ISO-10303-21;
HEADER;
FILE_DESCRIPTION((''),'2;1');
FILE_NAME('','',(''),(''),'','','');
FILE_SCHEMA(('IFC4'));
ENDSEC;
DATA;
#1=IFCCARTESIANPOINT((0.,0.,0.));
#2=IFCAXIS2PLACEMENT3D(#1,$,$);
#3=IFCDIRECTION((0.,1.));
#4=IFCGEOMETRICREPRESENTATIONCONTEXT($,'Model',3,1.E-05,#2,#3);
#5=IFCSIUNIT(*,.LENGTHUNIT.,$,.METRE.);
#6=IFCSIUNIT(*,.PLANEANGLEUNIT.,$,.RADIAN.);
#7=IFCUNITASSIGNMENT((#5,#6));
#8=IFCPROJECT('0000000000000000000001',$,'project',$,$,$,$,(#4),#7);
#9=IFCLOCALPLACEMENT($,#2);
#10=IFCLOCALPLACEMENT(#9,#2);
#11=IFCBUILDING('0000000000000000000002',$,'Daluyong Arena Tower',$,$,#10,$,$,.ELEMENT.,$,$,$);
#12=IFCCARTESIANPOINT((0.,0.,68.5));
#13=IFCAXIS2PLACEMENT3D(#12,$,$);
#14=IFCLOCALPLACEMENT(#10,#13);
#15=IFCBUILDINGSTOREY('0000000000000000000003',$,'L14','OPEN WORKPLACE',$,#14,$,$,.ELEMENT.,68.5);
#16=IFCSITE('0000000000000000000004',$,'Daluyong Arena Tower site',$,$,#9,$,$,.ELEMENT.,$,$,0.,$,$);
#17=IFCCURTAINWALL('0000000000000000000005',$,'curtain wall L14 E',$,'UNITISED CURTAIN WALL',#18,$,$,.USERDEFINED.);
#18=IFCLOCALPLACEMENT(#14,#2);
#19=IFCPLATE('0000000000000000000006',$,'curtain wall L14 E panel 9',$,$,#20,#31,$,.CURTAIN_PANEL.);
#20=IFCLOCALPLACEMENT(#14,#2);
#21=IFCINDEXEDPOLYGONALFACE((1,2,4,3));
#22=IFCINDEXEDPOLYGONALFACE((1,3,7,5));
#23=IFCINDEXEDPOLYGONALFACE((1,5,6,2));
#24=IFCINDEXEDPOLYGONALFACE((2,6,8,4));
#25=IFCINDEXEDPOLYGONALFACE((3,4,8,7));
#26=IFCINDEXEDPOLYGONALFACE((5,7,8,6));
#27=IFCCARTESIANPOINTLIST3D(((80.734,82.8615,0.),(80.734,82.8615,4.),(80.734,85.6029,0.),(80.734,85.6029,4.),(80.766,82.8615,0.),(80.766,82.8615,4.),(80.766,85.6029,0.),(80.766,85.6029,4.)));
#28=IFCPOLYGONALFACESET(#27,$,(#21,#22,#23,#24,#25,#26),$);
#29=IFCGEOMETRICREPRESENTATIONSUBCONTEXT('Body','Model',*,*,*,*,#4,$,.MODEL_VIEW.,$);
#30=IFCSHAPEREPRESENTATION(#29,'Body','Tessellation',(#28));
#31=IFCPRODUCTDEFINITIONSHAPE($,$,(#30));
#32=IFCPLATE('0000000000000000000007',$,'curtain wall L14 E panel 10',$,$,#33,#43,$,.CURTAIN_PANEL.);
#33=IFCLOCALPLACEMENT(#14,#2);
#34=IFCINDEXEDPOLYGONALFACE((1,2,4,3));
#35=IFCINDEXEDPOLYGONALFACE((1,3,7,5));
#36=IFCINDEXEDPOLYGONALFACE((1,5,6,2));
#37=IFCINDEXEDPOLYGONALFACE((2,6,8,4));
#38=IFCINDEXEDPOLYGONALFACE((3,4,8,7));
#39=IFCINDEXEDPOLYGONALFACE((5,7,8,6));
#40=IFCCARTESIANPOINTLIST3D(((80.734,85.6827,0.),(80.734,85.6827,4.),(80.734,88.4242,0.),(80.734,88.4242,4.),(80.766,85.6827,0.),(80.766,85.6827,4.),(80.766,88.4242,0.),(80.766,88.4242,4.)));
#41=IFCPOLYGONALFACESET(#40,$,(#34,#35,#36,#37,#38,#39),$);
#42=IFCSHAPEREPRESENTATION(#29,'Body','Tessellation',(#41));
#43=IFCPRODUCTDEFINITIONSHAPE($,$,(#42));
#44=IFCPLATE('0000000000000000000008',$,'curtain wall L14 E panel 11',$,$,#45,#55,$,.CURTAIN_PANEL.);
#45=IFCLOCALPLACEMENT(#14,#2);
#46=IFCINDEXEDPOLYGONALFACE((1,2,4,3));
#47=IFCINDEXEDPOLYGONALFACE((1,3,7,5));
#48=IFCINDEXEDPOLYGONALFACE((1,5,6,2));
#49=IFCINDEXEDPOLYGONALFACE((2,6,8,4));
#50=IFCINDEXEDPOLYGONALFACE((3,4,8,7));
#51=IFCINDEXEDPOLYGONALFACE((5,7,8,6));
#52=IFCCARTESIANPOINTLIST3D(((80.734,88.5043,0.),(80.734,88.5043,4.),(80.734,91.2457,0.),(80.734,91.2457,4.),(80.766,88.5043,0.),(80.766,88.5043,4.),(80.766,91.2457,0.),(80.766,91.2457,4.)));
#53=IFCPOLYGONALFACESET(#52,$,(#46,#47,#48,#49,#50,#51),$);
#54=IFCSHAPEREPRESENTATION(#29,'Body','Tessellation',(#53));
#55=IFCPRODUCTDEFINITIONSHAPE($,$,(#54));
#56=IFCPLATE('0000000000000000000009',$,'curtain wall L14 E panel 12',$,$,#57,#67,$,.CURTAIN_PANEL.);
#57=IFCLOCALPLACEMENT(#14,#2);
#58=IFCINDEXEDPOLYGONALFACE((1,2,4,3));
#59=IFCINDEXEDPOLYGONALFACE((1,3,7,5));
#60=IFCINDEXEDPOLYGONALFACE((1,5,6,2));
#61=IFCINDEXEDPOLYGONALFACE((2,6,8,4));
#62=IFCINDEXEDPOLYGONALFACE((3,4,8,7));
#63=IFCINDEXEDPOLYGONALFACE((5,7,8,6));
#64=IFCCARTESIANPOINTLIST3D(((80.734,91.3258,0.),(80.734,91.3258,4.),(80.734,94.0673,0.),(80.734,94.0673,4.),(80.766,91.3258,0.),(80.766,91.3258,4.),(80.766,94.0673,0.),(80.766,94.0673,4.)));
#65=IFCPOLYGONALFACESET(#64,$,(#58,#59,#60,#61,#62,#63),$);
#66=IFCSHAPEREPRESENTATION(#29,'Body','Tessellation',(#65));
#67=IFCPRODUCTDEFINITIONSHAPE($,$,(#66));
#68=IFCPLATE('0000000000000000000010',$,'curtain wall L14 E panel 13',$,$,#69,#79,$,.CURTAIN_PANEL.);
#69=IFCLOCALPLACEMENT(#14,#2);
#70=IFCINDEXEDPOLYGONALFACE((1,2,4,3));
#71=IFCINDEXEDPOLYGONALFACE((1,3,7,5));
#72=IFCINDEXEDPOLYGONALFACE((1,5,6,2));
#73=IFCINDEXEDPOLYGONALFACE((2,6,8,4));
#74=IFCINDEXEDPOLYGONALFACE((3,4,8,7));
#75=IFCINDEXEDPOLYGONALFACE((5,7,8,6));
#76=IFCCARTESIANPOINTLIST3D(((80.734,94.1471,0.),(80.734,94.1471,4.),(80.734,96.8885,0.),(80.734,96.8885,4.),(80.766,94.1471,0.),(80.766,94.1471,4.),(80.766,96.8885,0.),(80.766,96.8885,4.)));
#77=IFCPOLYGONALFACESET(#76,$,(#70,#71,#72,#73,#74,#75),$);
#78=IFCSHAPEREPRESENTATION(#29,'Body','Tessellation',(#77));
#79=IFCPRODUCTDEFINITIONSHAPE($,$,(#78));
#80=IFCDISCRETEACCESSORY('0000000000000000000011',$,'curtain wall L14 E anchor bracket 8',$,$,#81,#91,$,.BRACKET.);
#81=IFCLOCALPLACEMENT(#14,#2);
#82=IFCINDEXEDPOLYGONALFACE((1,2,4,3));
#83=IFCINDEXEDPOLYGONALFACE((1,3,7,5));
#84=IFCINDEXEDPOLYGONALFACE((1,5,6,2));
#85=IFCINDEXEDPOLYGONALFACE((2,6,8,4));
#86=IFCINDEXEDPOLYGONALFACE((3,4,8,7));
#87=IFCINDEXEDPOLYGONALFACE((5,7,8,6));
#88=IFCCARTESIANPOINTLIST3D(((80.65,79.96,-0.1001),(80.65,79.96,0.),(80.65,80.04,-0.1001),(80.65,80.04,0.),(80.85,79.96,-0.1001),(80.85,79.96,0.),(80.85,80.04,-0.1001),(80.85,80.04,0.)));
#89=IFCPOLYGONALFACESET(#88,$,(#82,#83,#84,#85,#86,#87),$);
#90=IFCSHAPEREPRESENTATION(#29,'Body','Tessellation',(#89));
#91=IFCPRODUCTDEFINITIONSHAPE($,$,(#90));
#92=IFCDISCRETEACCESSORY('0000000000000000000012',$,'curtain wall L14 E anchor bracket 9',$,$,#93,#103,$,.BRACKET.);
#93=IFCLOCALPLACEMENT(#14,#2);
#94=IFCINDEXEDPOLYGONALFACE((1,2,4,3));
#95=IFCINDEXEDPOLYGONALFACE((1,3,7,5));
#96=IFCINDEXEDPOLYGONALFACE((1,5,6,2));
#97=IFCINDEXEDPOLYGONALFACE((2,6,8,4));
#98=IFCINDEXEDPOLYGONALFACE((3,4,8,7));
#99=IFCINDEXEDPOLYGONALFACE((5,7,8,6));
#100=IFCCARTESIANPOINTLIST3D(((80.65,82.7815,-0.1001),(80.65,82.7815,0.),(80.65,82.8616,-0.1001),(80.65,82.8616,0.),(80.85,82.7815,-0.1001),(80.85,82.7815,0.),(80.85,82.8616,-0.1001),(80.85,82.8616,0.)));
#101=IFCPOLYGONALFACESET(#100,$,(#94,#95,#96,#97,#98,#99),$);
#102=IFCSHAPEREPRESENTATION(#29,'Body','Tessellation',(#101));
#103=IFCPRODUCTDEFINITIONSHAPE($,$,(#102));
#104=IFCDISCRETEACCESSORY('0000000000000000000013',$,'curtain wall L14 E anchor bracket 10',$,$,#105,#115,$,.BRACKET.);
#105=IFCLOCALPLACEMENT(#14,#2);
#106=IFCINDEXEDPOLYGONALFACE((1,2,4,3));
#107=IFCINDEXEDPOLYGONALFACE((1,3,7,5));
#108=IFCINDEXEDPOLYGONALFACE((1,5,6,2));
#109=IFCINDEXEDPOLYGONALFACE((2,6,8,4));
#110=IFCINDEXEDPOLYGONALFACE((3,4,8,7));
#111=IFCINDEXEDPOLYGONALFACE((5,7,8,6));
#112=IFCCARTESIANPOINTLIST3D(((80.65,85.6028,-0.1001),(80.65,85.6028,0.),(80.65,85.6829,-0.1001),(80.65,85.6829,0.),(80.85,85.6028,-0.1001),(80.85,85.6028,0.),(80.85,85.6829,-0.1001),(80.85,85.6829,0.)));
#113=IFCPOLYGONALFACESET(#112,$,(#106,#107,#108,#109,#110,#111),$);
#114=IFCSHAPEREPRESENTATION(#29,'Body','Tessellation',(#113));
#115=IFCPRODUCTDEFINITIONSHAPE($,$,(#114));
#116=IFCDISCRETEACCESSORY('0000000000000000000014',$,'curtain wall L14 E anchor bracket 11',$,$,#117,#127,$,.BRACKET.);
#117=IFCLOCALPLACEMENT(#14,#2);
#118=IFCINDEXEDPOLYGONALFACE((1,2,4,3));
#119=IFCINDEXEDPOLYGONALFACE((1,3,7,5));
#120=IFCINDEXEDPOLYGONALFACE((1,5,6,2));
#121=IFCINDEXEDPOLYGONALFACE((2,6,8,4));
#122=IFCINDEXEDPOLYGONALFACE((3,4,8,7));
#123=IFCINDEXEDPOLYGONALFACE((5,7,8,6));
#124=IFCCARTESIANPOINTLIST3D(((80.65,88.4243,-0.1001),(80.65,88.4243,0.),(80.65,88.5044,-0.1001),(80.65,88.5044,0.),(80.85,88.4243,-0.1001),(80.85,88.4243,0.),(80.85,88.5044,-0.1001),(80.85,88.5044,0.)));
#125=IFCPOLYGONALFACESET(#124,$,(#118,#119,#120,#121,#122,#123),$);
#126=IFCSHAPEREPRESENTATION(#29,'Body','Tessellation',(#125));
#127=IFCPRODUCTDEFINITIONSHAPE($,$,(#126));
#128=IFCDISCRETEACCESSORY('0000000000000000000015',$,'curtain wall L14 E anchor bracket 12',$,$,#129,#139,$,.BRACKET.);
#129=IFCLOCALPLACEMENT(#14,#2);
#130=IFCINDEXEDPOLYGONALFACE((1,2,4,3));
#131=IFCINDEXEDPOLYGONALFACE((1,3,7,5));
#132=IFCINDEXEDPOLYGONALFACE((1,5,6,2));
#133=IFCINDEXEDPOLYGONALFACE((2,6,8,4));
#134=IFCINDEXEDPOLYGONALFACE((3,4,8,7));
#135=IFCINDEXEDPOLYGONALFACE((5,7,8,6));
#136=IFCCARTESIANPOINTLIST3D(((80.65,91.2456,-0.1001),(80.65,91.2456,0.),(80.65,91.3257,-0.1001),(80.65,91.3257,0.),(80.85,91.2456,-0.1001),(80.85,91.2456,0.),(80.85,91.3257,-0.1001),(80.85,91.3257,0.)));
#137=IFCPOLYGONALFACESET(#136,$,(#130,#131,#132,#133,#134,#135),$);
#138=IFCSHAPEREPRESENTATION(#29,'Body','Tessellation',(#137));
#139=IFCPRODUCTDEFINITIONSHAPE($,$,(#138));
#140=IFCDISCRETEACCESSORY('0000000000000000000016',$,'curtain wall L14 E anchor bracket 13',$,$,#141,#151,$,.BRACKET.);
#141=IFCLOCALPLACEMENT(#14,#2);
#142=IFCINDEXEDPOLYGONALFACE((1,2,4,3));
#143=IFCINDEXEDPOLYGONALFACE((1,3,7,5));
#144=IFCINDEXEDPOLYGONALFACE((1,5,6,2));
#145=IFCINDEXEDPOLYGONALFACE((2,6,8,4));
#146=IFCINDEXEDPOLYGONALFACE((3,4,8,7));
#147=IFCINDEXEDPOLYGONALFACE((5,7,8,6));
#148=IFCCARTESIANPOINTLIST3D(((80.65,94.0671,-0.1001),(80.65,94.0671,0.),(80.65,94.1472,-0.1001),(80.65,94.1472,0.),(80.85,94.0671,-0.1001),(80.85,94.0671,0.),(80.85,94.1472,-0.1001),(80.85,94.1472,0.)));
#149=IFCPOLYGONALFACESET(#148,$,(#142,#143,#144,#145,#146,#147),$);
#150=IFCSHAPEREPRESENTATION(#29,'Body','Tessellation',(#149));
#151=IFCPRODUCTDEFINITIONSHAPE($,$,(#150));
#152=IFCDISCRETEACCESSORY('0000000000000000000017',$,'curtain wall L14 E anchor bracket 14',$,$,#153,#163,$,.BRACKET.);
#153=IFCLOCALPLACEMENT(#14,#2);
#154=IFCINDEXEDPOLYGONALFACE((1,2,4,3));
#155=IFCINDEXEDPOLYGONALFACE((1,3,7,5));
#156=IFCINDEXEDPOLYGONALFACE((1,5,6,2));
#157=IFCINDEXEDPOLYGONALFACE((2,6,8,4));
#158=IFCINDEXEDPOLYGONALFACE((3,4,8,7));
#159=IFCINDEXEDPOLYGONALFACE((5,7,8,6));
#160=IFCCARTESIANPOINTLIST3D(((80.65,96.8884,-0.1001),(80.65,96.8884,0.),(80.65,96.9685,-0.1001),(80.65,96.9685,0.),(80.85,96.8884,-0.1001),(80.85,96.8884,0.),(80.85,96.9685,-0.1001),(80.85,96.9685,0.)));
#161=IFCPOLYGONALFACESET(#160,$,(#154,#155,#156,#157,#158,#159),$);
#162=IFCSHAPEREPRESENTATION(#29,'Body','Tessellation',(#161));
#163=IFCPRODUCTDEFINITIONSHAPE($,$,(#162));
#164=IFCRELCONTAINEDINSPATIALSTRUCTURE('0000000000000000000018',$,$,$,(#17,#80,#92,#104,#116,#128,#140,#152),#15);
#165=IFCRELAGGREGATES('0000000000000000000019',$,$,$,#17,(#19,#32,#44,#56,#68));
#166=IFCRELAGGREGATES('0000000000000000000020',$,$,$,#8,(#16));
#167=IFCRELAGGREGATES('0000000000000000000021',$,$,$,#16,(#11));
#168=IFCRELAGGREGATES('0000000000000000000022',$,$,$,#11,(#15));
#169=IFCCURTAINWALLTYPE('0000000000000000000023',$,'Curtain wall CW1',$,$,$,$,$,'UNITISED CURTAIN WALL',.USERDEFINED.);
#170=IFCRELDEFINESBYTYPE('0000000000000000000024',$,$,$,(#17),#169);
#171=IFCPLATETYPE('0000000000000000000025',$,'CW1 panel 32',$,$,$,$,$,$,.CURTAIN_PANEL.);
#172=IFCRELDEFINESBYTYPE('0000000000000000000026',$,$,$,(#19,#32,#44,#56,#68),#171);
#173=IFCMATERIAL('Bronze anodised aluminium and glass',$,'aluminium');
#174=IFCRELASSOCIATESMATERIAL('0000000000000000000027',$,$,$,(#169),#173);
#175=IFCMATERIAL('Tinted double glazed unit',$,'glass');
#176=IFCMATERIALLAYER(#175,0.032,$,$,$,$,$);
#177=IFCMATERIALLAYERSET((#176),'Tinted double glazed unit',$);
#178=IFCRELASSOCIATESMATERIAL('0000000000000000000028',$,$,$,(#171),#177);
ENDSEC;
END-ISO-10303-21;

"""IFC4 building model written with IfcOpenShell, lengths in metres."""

from ifc_helpers import new_model, si_unit, direction, frame, origin, origin_2d, place, context, subcontext, project, spatial, rectangle, extrude, material, layer, layer_set, type_object, element, aggregate, save


model = new_model("IFC4")

# Units and contexts
model_context = context("Model", 3, precision=1e-05, world=origin(), true_north=direction((0.0, 1.0)))
body_context = subcontext(model_context, "Body", "Model", "MODEL_VIEW")
ifc_project = project(units=[si_unit("LENGTHUNIT", "METRE"), si_unit("PLANEANGLEUNIT", "RADIAN")], contexts=[model_context])

# Site, building, storey
site_placement = place(None, origin())
site = spatial("IfcSite", under=ifc_project, at=site_placement, Name="Daluyong Arena Tower site", CompositionType="ELEMENT", RefElevation=0.0)
building_placement = place(site_placement, origin())
building = spatial("IfcBuilding", under=site, at=building_placement, Name="Daluyong Arena Tower", CompositionType="ELEMENT")
storey_placement = place(building_placement, frame((0.0, 0.0, 68.5)))
storey = spatial("IfcBuildingStorey", under=building, at=storey_placement, Name="L14", Description="OPEN WORKPLACE", CompositionType="ELEMENT", Elevation=68.5)

# Curtain wall
ifc_material_1 = material(Name="Bronze anodised aluminium and glass", Category="aluminium")
curtain_wall_type = type_object("IfcCurtainWallType", Name="Curtain wall CW1", ElementType="UNITISED CURTAIN WALL", PredefinedType="USERDEFINED", material=ifc_material_1)
curtain_wall_placement = place(storey_placement, origin())
curtain_wall = element("IfcCurtainWall", 1, at=curtain_wall_placement, inside=storey, type_object=curtain_wall_type, Name="curtain wall L14 E", ObjectType="UNITISED CURTAIN WALL", PredefinedType="USERDEFINED")

# Plates
ifc_material_2 = material(Name="Tinted double glazed unit", Category="glass")
ifc_layer = layer(ifc_material_2, 0.032)
ifc_layer_set = layer_set([ifc_layer], Name="Tinted double glazed unit")
plate_type = type_object("IfcPlateType", Name="CW1 panel 32", PredefinedType="CURTAIN_PANEL", material=ifc_layer_set)
plate_1_placement = place(storey_placement, frame((80.75, 84.2322, 0.0), z_axis=(0.0, 0.0, 1.0), x_axis=(0.0, 1.0, 0.0)))
plate_1 = element("IfcPlate", 2, at=plate_1_placement, type_object=plate_type, Name="curtain wall L14 E panel 9", PredefinedType="CURTAIN_PANEL", context=body_context, shape_type="SweptSolid", body=[
    extrude(rectangle(XDim=2.7415, YDim=0.032, at=origin_2d()), origin(), (0.0, 0.0, 1.0), 4.0),
])
plate_2_placement = place(storey_placement, frame((80.75, 87.0535, 0.0), z_axis=(0.0, 0.0, 1.0), x_axis=(0.0, 1.0, 0.0)))
plate_2 = element("IfcPlate", 3, at=plate_2_placement, type_object=plate_type, Name="curtain wall L14 E panel 10", PredefinedType="CURTAIN_PANEL", context=body_context, shape_type="SweptSolid", body=[
    extrude(rectangle(XDim=2.7415, YDim=0.032, at=origin_2d()), origin(), (0.0, 0.0, 1.0), 4.0),
])
plate_3_placement = place(storey_placement, frame((80.75, 89.875, 0.0), z_axis=(0.0, 0.0, 1.0), x_axis=(0.0, 1.0, 0.0)))
plate_3 = element("IfcPlate", 4, at=plate_3_placement, type_object=plate_type, Name="curtain wall L14 E panel 11", PredefinedType="CURTAIN_PANEL", context=body_context, shape_type="SweptSolid", body=[
    extrude(rectangle(XDim=2.7415, YDim=0.032, at=origin_2d()), origin(), (0.0, 0.0, 1.0), 4.0),
])
plate_4_placement = place(storey_placement, frame((80.75, 92.6965, 0.0), z_axis=(0.0, 0.0, 1.0), x_axis=(0.0, 1.0, 0.0)))
plate_4 = element("IfcPlate", 5, at=plate_4_placement, type_object=plate_type, Name="curtain wall L14 E panel 12", PredefinedType="CURTAIN_PANEL", context=body_context, shape_type="SweptSolid", body=[
    extrude(rectangle(XDim=2.7415, YDim=0.032, at=origin_2d()), origin(), (0.0, 0.0, 1.0), 4.0),
])
plate_5_placement = place(storey_placement, frame((80.75, 95.5178, 0.0), z_axis=(0.0, 0.0, 1.0), x_axis=(0.0, 1.0, 0.0)))
plate_5 = element("IfcPlate", 6, at=plate_5_placement, type_object=plate_type, Name="curtain wall L14 E panel 13", PredefinedType="CURTAIN_PANEL", context=body_context, shape_type="SweptSolid", body=[
    extrude(rectangle(XDim=2.7415, YDim=0.032, at=origin_2d()), origin(), (0.0, 0.0, 1.0), 4.0),
])
aggregate(curtain_wall, [plate_1, plate_2, plate_3, plate_4, plate_5])

# Discrete accessories
for number, where, z_axis, x_axis, name in (
    (7, (80.75, 80.0, -0.1001), (0.0, 0.0, 1.0), (0.0, 1.0, 0.0), "curtain wall L14 E anchor bracket 8"),
    (8, (80.75, 82.8215, -0.1001), (0.0, 0.0, 1.0), (0.0, 1.0, 0.0), "curtain wall L14 E anchor bracket 9"),
    (9, (80.75, 85.6428, -0.1001), (0.0, 0.0, 1.0), (0.0, 1.0, 0.0), "curtain wall L14 E anchor bracket 10"),
    (10, (80.75, 88.4644, -0.1001), (0.0, 0.0, 1.0), (0.0, 1.0, 0.0), "curtain wall L14 E anchor bracket 11"),
    (11, (80.75, 91.2856, -0.1001), (0.0, 0.0, 1.0), (0.0, 1.0, 0.0), "curtain wall L14 E anchor bracket 12"),
    (12, (80.75, 94.1072, -0.1001), (0.0, 0.0, 1.0), (0.0, 1.0, 0.0), "curtain wall L14 E anchor bracket 13"),
    (13, (80.75, 96.9285, -0.1001), (0.0, 0.0, 1.0), (0.0, 1.0, 0.0), "curtain wall L14 E anchor bracket 14"),
):
    element("IfcDiscreteAccessory", number, at=place(storey_placement, frame(where, z_axis=z_axis, x_axis=x_axis)), inside=storey, Name=name, PredefinedType="BRACKET", context=body_context, shape_type="SweptSolid", body=[
        extrude(rectangle(XDim=0.0801, YDim=0.2, at=origin_2d()), origin(), (0.0, 0.0, 1.0), 0.1001),
    ])

save(model, "model.ifc")
